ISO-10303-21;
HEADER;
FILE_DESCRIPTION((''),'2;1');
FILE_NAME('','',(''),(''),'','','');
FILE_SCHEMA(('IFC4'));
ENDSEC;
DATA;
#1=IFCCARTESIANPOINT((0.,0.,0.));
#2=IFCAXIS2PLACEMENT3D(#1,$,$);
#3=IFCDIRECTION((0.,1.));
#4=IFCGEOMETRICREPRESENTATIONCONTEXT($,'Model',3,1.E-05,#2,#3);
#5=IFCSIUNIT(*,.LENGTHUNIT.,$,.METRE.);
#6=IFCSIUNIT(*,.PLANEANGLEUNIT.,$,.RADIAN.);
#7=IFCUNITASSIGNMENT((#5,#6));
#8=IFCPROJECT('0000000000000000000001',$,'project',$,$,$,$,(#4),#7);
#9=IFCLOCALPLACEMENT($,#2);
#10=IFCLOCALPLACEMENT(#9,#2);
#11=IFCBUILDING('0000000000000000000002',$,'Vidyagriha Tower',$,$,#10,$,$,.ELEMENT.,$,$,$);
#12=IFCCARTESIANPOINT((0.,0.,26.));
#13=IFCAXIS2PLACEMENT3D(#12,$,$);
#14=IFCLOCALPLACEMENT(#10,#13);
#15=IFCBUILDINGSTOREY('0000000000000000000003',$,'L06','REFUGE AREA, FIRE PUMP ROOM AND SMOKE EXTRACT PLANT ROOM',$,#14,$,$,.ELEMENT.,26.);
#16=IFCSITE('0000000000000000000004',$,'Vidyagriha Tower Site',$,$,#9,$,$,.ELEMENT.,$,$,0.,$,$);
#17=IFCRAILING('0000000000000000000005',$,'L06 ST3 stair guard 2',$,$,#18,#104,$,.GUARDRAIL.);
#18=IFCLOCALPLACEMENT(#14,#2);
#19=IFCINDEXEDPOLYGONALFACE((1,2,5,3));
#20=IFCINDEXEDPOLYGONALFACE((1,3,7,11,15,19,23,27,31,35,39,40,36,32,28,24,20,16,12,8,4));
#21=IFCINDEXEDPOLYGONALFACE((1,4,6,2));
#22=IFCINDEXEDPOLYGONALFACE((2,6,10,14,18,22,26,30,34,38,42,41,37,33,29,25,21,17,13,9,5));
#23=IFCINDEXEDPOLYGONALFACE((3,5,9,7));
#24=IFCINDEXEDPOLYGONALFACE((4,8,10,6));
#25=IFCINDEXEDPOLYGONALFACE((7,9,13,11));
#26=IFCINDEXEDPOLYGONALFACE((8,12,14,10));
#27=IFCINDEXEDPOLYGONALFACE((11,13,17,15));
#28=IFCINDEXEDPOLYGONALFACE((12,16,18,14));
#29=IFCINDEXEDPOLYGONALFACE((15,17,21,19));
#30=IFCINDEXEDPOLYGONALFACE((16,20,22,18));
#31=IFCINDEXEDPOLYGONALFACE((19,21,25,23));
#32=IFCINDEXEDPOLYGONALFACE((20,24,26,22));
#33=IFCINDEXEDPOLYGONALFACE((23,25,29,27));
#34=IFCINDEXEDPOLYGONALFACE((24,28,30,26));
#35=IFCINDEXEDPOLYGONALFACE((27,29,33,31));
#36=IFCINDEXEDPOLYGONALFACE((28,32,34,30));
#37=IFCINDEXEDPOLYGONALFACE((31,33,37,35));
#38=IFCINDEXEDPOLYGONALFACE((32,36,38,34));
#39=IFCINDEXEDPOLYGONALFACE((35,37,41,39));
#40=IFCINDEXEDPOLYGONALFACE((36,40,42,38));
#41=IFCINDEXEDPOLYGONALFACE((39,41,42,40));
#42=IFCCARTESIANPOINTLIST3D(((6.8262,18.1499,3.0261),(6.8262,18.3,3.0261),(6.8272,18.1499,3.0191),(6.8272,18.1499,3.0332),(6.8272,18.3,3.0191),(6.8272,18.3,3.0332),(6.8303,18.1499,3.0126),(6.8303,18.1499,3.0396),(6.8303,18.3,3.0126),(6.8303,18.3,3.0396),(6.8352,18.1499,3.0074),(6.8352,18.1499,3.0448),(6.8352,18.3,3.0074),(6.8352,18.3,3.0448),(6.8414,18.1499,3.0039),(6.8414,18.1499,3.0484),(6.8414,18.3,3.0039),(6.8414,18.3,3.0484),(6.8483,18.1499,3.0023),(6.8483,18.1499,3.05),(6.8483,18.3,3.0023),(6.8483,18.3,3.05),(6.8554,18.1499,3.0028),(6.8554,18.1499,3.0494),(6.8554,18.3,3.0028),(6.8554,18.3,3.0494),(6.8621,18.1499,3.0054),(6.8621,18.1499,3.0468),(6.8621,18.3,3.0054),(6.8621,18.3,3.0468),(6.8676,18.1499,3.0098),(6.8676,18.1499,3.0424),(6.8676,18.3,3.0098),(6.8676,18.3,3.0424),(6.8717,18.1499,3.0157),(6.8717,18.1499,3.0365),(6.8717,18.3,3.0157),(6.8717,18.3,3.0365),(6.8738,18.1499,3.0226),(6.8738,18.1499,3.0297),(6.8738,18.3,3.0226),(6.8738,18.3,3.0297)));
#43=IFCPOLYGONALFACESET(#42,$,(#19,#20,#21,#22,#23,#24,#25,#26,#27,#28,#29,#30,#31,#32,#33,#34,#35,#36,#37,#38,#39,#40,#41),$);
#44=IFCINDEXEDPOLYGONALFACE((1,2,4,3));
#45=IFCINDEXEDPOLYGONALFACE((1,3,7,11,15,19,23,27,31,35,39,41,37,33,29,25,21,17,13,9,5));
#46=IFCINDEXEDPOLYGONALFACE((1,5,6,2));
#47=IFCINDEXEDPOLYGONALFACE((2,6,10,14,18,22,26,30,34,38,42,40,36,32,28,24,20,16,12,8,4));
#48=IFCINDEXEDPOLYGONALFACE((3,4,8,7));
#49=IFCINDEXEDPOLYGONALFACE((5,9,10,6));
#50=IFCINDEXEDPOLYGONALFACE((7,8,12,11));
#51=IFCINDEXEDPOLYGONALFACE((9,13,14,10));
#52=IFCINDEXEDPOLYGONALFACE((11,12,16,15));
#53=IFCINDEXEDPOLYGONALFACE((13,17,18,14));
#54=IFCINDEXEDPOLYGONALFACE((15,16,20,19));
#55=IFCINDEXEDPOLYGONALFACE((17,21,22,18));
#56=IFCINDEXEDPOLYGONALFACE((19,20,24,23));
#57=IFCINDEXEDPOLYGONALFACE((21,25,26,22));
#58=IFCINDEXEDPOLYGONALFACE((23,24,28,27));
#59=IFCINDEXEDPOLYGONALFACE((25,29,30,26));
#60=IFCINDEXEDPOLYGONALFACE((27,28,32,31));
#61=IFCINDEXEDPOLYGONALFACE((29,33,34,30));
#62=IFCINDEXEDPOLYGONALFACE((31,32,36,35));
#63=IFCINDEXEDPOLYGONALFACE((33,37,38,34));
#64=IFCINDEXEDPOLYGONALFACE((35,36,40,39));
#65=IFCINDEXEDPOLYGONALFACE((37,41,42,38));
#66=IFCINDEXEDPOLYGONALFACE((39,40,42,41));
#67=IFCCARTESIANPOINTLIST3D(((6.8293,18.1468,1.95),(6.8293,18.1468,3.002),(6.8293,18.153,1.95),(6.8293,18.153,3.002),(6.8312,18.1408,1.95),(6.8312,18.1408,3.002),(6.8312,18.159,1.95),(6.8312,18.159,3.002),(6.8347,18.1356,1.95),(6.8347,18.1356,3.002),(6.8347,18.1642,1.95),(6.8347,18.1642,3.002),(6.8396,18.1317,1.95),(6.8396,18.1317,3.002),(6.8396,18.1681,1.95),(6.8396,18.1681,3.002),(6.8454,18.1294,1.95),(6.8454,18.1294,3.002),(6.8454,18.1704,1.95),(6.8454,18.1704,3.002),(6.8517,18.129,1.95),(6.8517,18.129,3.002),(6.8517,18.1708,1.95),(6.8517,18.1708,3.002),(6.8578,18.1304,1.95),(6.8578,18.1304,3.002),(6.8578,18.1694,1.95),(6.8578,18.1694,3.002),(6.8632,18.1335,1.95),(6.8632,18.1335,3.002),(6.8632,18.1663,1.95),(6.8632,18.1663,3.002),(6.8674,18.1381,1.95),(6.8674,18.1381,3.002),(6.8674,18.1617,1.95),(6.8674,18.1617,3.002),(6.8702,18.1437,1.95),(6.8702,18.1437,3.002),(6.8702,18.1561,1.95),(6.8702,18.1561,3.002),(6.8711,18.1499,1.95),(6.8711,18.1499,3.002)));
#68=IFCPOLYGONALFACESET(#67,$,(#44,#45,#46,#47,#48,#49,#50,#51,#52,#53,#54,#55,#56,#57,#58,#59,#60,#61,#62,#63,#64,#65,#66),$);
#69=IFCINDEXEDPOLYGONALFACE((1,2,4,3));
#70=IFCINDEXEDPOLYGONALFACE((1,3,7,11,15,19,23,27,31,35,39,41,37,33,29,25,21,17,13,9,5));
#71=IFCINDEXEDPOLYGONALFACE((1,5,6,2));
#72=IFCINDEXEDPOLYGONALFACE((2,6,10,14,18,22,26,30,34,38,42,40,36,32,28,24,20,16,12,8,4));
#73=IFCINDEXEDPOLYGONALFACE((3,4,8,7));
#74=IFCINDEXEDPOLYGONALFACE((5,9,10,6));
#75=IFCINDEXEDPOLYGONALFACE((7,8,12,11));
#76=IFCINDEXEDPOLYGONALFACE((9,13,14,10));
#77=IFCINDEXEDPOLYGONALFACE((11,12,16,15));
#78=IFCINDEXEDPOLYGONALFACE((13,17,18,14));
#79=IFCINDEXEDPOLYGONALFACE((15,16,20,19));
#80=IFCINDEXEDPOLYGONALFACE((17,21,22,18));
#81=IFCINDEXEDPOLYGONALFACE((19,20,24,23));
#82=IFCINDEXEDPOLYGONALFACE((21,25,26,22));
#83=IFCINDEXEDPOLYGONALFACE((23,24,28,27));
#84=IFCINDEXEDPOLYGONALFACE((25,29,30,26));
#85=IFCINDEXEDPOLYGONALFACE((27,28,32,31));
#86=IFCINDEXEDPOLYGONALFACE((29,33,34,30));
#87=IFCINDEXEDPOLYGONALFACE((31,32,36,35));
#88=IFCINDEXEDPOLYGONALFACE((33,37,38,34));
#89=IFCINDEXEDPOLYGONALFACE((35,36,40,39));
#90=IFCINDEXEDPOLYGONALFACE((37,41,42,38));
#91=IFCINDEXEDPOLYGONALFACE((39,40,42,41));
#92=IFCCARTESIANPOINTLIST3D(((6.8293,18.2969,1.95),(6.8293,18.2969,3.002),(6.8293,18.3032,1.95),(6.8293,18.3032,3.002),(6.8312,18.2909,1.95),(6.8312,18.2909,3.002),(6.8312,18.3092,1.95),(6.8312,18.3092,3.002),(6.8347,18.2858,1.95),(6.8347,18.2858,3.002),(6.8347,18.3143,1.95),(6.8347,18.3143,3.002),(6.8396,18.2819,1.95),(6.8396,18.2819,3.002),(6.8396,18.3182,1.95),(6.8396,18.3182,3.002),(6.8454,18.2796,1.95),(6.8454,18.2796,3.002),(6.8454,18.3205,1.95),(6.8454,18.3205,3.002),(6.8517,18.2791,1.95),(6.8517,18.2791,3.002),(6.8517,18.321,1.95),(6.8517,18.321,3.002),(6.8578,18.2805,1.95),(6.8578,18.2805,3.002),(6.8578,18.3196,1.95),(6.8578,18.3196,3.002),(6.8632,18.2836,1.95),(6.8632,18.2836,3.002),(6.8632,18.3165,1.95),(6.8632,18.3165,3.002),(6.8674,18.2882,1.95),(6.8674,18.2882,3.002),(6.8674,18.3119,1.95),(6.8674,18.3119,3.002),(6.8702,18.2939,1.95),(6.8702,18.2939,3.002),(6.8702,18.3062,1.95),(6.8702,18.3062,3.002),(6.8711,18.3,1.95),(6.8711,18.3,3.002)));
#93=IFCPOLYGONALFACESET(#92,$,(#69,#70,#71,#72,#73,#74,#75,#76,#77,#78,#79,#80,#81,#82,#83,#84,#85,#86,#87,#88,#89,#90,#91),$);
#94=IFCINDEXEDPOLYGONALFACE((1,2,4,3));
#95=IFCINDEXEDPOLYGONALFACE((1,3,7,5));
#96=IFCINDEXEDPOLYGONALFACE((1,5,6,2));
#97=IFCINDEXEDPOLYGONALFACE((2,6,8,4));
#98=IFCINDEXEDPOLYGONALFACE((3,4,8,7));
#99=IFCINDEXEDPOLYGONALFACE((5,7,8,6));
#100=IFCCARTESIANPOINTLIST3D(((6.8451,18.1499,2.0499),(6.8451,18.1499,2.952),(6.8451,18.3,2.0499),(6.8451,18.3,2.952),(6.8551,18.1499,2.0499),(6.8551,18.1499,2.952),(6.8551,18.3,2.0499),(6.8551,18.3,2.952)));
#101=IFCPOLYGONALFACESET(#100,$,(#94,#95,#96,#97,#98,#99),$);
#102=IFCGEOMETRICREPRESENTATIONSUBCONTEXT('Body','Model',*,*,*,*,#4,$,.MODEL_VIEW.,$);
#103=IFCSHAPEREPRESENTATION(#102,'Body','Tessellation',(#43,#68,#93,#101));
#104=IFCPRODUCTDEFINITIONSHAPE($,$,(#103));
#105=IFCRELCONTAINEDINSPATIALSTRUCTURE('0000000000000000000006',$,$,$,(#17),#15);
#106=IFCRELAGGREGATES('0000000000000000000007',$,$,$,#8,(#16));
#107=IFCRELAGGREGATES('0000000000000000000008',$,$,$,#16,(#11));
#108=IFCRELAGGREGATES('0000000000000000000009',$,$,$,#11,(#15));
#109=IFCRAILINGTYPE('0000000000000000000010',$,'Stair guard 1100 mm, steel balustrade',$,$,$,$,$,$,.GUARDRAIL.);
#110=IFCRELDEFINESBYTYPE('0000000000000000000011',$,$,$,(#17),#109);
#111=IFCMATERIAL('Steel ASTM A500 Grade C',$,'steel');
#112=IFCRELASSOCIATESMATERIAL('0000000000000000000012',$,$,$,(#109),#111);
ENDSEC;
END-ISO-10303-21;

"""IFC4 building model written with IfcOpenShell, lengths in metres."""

from ifc_helpers import new_model, si_unit, direction, frame, origin, origin_2d, place, context, subcontext, project, spatial, rectangle, circle, extrude, material, type_object, element, save


model = new_model("IFC4")

# Units and contexts
model_context = context("Model", 3, precision=1e-05, world=origin(), true_north=direction((0.0, 1.0)))
body_context = subcontext(model_context, "Body", "Model", "MODEL_VIEW")
ifc_project = project(units=[si_unit("LENGTHUNIT", "METRE"), si_unit("PLANEANGLEUNIT", "RADIAN")], contexts=[model_context])

# Site, building, storey
site_placement = place(None, origin())
site = spatial("IfcSite", under=ifc_project, at=site_placement, Name="Vidyagriha Tower Site", CompositionType="ELEMENT", RefElevation=0.0)
building_placement = place(site_placement, origin())
building = spatial("IfcBuilding", under=site, at=building_placement, Name="Vidyagriha Tower", CompositionType="ELEMENT")
storey_placement = place(building_placement, frame((0.0, 0.0, 26.0)))
storey = spatial("IfcBuildingStorey", under=building, at=storey_placement, Name="L06", Description="REFUGE AREA, FIRE PUMP ROOM AND SMOKE EXTRACT PLANT ROOM", CompositionType="ELEMENT", Elevation=26.0)

# Railing
ifc_material_1 = material(Name="Steel ASTM A500 Grade C", Category="steel")
railing_type_1 = type_object("IfcRailingType", Name="Stair guard 1100 mm, steel balustrade", PredefinedType="GUARDRAIL", material=ifc_material_1)
railing_1_placement = place(storey_placement, frame((6.8501, 18.1499, 1.95)))
element("IfcRailing", 1, at=railing_1_placement, inside=storey, type_object=railing_type_1, Name="L06 ST3 stair guard 2", PredefinedType="GUARDRAIL", context=body_context, shape_type="SweptSolid", body=[
    extrude(circle(Radius=0.0239, at=origin_2d()), frame((0.0, 0.0, 1.0762), z_axis=(0.0, 1.0, 0.0), x_axis=(-1.0, 0.0, 0.0)), (0.0, 0.0, 1.0), 0.1501),
    extrude(circle(Radius=0.021, at=origin_2d()), origin(), (0.0, 0.0, 1.0), 1.052),
    extrude(circle(Radius=0.021, at=origin_2d()), frame((0.0, 0.1501, 0.0)), (0.0, 0.0, 1.0), 1.052),
    extrude(rectangle(XDim=0.01, YDim=0.9021, at=origin_2d()), frame((0.0, 0.0, 0.551), z_axis=(0.0, 1.0, 0.0), x_axis=(-1.0, 0.0, 0.0)), (0.0, 0.0, 1.0), 0.1501),
])

save(model, "model.ifc")
